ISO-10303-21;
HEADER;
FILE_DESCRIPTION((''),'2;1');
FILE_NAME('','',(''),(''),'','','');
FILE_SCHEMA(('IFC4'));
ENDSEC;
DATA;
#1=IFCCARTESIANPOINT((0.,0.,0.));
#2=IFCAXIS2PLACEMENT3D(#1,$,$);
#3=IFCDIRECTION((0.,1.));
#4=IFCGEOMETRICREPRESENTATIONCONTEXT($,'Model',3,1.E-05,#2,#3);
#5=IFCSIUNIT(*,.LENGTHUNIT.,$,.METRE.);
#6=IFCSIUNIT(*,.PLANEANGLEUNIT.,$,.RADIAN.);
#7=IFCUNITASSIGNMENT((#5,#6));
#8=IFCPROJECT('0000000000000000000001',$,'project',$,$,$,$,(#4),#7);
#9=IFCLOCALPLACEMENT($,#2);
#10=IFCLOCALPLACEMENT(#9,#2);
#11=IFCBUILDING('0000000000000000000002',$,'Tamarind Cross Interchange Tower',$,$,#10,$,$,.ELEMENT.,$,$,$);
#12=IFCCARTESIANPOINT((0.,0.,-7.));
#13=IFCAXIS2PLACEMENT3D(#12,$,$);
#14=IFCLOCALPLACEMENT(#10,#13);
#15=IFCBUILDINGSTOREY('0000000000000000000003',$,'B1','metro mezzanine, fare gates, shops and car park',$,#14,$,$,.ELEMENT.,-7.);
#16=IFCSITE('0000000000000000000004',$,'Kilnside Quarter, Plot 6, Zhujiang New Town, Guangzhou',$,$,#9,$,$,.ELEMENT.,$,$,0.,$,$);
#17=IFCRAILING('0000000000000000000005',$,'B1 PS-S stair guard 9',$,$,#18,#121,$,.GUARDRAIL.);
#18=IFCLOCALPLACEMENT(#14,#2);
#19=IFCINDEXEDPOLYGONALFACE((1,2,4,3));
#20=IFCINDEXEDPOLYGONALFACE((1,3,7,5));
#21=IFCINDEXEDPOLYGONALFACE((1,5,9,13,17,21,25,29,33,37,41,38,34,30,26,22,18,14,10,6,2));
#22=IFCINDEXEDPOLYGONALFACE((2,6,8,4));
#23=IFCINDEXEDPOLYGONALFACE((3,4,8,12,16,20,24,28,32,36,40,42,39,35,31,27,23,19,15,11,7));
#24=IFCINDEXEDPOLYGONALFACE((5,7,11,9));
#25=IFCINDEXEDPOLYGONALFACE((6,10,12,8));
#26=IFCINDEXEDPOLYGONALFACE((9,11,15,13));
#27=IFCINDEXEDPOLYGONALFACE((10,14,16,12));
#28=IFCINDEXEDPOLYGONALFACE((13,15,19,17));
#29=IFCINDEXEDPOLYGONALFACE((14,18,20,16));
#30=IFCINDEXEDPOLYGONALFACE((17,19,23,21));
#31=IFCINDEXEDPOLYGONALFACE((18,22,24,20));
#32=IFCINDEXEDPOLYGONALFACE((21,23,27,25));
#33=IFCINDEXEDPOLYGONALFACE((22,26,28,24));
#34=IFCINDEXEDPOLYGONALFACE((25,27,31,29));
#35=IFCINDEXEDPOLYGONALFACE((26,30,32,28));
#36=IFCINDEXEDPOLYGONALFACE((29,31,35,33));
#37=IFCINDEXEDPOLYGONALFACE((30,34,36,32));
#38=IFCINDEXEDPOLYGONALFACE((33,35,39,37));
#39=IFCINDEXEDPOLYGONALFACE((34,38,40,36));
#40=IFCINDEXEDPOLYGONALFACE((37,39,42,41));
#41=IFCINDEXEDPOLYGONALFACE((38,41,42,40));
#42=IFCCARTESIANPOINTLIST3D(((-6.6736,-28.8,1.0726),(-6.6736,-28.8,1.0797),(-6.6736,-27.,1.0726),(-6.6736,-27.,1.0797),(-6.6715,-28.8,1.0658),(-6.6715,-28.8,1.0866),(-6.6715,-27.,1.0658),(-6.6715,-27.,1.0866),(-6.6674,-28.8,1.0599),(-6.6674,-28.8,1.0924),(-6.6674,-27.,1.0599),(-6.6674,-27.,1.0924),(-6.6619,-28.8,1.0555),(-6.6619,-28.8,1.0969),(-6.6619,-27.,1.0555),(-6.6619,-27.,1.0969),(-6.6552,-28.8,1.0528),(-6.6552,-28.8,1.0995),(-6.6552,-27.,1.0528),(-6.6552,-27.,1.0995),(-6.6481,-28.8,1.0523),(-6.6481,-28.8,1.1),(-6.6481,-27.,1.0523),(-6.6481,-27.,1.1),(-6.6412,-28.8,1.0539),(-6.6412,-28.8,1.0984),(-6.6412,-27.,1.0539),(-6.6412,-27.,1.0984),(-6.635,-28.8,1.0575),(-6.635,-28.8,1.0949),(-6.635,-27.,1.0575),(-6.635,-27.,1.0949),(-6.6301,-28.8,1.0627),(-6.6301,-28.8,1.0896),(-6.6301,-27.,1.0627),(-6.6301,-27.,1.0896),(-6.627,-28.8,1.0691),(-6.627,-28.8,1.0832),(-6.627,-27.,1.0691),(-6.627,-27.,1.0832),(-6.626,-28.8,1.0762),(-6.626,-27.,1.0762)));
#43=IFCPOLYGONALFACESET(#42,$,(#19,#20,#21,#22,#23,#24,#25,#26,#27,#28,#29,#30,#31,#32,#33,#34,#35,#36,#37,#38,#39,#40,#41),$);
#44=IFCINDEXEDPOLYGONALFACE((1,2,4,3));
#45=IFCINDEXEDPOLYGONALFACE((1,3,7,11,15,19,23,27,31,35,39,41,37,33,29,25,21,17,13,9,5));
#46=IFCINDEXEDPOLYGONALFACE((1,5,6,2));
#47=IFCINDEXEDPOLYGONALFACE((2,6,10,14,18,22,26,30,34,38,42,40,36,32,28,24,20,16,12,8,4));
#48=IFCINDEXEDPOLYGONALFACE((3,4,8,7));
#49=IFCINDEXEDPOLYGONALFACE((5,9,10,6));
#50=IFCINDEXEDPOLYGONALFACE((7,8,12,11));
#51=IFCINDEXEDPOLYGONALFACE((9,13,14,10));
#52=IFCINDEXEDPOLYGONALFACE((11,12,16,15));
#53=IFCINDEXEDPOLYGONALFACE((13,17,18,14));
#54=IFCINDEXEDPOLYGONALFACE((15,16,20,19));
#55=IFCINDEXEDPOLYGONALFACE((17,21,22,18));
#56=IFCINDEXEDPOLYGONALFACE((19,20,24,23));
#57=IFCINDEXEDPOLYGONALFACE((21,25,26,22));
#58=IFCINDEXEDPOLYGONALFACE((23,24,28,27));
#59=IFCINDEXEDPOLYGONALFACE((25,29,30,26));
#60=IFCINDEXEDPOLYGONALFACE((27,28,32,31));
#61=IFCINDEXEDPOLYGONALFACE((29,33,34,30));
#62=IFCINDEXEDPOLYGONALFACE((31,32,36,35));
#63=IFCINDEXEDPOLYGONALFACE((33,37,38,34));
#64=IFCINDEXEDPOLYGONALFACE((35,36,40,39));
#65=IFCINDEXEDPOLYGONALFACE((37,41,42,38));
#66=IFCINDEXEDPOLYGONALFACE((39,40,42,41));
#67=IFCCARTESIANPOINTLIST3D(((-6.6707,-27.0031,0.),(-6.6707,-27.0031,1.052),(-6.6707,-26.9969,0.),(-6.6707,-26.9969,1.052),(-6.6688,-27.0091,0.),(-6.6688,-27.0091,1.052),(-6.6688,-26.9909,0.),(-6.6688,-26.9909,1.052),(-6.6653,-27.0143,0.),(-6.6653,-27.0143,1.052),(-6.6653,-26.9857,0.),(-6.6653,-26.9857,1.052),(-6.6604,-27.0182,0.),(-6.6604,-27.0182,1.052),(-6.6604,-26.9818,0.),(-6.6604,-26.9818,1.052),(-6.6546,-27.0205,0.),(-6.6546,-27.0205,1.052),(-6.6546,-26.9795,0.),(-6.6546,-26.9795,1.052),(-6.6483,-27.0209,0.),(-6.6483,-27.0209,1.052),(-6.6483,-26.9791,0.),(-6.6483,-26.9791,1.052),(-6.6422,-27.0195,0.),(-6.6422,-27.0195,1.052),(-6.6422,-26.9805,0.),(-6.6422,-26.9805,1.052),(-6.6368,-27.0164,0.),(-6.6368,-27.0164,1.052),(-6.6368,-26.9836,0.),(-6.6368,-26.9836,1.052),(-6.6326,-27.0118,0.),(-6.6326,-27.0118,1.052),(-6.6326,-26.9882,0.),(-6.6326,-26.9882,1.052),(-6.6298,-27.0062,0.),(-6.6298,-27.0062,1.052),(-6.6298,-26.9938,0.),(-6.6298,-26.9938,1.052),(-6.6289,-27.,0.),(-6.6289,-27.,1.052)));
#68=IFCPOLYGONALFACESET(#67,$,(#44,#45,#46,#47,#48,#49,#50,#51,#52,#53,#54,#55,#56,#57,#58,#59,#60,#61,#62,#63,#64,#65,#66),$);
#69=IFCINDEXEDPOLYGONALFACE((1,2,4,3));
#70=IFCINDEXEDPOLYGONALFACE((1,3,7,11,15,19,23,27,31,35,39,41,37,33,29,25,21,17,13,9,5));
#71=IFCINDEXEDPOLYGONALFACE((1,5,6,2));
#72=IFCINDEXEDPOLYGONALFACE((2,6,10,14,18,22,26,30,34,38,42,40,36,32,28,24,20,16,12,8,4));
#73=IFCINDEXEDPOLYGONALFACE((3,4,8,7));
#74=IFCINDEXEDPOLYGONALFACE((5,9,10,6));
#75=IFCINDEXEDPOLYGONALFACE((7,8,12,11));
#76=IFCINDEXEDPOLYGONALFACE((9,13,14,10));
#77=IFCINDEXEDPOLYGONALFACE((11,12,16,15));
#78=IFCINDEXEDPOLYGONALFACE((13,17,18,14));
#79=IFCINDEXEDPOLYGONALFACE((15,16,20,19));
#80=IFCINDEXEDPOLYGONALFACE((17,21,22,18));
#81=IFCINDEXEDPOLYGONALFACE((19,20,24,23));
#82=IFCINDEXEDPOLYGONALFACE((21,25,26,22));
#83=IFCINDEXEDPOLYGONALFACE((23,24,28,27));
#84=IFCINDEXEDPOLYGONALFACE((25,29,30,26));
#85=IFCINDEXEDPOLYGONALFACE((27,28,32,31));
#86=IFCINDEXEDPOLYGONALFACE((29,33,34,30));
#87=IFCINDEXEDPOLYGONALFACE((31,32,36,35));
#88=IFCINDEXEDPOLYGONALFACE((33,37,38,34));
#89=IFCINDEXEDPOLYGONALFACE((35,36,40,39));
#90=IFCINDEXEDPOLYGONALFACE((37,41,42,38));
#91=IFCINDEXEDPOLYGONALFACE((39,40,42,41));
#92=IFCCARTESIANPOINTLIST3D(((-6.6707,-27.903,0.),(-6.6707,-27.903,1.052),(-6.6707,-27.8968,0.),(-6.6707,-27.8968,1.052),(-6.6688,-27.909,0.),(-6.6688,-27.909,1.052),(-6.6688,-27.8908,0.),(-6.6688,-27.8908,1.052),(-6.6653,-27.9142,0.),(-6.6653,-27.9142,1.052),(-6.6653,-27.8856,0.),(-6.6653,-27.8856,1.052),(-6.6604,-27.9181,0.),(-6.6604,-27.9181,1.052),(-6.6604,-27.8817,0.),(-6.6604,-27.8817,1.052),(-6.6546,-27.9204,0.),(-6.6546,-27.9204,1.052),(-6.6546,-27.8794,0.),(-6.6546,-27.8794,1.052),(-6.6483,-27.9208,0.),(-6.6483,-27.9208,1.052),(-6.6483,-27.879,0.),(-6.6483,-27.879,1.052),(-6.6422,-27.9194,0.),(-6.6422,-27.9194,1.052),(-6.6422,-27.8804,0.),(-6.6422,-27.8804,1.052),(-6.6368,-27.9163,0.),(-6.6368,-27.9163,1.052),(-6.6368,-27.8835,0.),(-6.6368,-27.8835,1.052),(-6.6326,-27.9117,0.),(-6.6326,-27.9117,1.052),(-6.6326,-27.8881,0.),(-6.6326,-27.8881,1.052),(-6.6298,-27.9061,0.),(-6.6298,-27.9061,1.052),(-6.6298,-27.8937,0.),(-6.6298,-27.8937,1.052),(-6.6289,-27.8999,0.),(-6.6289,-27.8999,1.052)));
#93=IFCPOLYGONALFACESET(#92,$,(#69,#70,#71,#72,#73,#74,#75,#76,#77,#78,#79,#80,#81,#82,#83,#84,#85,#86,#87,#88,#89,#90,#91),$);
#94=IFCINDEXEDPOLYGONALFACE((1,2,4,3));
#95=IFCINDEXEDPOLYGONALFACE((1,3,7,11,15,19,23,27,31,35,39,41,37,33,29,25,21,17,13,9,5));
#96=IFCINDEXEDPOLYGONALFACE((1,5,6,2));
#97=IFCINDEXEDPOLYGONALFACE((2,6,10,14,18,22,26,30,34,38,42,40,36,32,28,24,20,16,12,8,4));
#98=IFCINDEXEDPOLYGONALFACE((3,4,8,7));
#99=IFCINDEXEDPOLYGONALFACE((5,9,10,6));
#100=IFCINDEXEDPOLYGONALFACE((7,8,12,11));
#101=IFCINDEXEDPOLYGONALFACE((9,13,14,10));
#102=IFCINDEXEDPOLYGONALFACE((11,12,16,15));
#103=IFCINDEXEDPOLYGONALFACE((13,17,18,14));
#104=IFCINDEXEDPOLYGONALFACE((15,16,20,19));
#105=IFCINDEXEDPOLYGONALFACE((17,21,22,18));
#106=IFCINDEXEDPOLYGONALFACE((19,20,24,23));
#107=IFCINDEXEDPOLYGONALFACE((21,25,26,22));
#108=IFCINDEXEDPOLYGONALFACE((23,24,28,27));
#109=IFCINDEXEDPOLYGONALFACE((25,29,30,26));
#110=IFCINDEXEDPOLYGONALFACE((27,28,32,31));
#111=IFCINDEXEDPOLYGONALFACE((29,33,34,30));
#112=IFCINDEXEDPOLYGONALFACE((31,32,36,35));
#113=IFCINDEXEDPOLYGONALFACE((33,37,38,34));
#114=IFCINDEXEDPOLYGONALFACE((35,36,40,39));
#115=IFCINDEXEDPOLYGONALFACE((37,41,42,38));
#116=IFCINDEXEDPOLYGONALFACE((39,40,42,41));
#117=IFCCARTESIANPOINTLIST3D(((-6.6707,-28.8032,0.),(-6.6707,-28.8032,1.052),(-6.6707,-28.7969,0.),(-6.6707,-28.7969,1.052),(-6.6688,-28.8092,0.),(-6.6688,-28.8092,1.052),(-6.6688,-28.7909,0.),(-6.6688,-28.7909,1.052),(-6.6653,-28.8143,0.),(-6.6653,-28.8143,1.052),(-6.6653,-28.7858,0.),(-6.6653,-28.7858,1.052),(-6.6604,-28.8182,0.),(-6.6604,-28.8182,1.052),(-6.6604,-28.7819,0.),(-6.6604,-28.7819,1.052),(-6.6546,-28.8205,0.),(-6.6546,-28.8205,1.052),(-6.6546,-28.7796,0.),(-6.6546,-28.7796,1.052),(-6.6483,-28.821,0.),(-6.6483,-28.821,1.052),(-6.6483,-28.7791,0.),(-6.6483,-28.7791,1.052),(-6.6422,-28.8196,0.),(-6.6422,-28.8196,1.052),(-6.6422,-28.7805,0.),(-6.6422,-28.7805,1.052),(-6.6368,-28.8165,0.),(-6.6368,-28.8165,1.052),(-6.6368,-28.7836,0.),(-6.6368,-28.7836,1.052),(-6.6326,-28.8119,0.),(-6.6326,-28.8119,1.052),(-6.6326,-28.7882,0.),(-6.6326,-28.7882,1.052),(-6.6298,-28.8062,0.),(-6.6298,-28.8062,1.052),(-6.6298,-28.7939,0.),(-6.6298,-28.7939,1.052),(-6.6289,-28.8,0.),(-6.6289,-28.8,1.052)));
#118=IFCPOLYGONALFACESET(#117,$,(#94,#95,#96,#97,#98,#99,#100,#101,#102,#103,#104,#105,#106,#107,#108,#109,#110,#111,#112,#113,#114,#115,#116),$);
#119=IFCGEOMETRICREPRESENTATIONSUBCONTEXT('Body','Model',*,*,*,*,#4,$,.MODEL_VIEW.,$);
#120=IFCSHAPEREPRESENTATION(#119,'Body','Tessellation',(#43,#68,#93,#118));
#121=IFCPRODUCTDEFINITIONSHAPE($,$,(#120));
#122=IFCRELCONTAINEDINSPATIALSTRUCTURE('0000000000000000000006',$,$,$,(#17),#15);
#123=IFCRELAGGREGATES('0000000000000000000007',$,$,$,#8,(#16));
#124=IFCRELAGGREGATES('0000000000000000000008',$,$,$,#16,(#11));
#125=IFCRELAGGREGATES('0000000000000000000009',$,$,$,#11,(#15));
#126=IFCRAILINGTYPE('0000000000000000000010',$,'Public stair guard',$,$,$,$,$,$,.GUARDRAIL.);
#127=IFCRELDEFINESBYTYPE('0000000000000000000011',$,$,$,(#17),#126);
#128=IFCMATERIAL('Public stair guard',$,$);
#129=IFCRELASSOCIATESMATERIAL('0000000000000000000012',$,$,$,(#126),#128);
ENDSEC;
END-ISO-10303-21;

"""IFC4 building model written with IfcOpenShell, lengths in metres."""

from ifc_helpers import new_model, si_unit, direction, frame, origin, origin_2d, place, context, subcontext, project, spatial, circle, extrude, material, type_object, element, save


model = new_model("IFC4")

# Units and contexts
model_context = context("Model", 3, precision=1e-05, world=origin(), true_north=direction((0.0, 1.0)))
body_context = subcontext(model_context, "Body", "Model", "MODEL_VIEW")
ifc_project = project(units=[si_unit("LENGTHUNIT", "METRE"), si_unit("PLANEANGLEUNIT", "RADIAN")], contexts=[model_context])

# Site, building, storey
site_placement = place(None, origin())
site = spatial("IfcSite", under=ifc_project, at=site_placement, Name="Kilnside Quarter, Plot 6, Zhujiang New Town, Guangzhou", CompositionType="ELEMENT", RefElevation=0.0)
building_placement = place(site_placement, origin())
building = spatial("IfcBuilding", under=site, at=building_placement, Name="Tamarind Cross Interchange Tower", CompositionType="ELEMENT")
storey_placement = place(building_placement, frame((0.0, 0.0, -7.0)))
storey = spatial("IfcBuildingStorey", under=building, at=storey_placement, Name="B1", Description="metro mezzanine, fare gates, shops and car park", CompositionType="ELEMENT", Elevation=-7.0)

# Railing
ifc_material_1 = material(Name="Public stair guard")
railing_type_1 = type_object("IfcRailingType", Name="Public stair guard", PredefinedType="GUARDRAIL", material=ifc_material_1)
for number, where, name in (
    (1, (-6.6499, -27.0, 0.0), "B1 PS-S stair guard 9"),
):
    element("IfcRailing", number, at=place(storey_placement, frame(where)), inside=storey, type_object=railing_type_1, Name=name, PredefinedType="GUARDRAIL", context=body_context, shape_type="SweptSolid", body=[
        extrude(circle(Radius=0.0239, at=origin_2d()), frame((0.0, 0.0, 1.0762), z_axis=(0.0, -1.0, 0.0), x_axis=(1.0, 0.0, 0.0)), (0.0, 0.0, 1.0), 1.8),
        extrude(circle(Radius=0.021, at=origin_2d()), origin(), (0.0, 0.0, 1.0), 1.052),
        extrude(circle(Radius=0.021, at=origin_2d()), frame((0.0, -0.8999, 0.0)), (0.0, 0.0, 1.0), 1.052),
        extrude(circle(Radius=0.021, at=origin_2d()), frame((0.0, -1.8, 0.0)), (0.0, 0.0, 1.0), 1.052),
    ])

save(model, "model.ifc")
